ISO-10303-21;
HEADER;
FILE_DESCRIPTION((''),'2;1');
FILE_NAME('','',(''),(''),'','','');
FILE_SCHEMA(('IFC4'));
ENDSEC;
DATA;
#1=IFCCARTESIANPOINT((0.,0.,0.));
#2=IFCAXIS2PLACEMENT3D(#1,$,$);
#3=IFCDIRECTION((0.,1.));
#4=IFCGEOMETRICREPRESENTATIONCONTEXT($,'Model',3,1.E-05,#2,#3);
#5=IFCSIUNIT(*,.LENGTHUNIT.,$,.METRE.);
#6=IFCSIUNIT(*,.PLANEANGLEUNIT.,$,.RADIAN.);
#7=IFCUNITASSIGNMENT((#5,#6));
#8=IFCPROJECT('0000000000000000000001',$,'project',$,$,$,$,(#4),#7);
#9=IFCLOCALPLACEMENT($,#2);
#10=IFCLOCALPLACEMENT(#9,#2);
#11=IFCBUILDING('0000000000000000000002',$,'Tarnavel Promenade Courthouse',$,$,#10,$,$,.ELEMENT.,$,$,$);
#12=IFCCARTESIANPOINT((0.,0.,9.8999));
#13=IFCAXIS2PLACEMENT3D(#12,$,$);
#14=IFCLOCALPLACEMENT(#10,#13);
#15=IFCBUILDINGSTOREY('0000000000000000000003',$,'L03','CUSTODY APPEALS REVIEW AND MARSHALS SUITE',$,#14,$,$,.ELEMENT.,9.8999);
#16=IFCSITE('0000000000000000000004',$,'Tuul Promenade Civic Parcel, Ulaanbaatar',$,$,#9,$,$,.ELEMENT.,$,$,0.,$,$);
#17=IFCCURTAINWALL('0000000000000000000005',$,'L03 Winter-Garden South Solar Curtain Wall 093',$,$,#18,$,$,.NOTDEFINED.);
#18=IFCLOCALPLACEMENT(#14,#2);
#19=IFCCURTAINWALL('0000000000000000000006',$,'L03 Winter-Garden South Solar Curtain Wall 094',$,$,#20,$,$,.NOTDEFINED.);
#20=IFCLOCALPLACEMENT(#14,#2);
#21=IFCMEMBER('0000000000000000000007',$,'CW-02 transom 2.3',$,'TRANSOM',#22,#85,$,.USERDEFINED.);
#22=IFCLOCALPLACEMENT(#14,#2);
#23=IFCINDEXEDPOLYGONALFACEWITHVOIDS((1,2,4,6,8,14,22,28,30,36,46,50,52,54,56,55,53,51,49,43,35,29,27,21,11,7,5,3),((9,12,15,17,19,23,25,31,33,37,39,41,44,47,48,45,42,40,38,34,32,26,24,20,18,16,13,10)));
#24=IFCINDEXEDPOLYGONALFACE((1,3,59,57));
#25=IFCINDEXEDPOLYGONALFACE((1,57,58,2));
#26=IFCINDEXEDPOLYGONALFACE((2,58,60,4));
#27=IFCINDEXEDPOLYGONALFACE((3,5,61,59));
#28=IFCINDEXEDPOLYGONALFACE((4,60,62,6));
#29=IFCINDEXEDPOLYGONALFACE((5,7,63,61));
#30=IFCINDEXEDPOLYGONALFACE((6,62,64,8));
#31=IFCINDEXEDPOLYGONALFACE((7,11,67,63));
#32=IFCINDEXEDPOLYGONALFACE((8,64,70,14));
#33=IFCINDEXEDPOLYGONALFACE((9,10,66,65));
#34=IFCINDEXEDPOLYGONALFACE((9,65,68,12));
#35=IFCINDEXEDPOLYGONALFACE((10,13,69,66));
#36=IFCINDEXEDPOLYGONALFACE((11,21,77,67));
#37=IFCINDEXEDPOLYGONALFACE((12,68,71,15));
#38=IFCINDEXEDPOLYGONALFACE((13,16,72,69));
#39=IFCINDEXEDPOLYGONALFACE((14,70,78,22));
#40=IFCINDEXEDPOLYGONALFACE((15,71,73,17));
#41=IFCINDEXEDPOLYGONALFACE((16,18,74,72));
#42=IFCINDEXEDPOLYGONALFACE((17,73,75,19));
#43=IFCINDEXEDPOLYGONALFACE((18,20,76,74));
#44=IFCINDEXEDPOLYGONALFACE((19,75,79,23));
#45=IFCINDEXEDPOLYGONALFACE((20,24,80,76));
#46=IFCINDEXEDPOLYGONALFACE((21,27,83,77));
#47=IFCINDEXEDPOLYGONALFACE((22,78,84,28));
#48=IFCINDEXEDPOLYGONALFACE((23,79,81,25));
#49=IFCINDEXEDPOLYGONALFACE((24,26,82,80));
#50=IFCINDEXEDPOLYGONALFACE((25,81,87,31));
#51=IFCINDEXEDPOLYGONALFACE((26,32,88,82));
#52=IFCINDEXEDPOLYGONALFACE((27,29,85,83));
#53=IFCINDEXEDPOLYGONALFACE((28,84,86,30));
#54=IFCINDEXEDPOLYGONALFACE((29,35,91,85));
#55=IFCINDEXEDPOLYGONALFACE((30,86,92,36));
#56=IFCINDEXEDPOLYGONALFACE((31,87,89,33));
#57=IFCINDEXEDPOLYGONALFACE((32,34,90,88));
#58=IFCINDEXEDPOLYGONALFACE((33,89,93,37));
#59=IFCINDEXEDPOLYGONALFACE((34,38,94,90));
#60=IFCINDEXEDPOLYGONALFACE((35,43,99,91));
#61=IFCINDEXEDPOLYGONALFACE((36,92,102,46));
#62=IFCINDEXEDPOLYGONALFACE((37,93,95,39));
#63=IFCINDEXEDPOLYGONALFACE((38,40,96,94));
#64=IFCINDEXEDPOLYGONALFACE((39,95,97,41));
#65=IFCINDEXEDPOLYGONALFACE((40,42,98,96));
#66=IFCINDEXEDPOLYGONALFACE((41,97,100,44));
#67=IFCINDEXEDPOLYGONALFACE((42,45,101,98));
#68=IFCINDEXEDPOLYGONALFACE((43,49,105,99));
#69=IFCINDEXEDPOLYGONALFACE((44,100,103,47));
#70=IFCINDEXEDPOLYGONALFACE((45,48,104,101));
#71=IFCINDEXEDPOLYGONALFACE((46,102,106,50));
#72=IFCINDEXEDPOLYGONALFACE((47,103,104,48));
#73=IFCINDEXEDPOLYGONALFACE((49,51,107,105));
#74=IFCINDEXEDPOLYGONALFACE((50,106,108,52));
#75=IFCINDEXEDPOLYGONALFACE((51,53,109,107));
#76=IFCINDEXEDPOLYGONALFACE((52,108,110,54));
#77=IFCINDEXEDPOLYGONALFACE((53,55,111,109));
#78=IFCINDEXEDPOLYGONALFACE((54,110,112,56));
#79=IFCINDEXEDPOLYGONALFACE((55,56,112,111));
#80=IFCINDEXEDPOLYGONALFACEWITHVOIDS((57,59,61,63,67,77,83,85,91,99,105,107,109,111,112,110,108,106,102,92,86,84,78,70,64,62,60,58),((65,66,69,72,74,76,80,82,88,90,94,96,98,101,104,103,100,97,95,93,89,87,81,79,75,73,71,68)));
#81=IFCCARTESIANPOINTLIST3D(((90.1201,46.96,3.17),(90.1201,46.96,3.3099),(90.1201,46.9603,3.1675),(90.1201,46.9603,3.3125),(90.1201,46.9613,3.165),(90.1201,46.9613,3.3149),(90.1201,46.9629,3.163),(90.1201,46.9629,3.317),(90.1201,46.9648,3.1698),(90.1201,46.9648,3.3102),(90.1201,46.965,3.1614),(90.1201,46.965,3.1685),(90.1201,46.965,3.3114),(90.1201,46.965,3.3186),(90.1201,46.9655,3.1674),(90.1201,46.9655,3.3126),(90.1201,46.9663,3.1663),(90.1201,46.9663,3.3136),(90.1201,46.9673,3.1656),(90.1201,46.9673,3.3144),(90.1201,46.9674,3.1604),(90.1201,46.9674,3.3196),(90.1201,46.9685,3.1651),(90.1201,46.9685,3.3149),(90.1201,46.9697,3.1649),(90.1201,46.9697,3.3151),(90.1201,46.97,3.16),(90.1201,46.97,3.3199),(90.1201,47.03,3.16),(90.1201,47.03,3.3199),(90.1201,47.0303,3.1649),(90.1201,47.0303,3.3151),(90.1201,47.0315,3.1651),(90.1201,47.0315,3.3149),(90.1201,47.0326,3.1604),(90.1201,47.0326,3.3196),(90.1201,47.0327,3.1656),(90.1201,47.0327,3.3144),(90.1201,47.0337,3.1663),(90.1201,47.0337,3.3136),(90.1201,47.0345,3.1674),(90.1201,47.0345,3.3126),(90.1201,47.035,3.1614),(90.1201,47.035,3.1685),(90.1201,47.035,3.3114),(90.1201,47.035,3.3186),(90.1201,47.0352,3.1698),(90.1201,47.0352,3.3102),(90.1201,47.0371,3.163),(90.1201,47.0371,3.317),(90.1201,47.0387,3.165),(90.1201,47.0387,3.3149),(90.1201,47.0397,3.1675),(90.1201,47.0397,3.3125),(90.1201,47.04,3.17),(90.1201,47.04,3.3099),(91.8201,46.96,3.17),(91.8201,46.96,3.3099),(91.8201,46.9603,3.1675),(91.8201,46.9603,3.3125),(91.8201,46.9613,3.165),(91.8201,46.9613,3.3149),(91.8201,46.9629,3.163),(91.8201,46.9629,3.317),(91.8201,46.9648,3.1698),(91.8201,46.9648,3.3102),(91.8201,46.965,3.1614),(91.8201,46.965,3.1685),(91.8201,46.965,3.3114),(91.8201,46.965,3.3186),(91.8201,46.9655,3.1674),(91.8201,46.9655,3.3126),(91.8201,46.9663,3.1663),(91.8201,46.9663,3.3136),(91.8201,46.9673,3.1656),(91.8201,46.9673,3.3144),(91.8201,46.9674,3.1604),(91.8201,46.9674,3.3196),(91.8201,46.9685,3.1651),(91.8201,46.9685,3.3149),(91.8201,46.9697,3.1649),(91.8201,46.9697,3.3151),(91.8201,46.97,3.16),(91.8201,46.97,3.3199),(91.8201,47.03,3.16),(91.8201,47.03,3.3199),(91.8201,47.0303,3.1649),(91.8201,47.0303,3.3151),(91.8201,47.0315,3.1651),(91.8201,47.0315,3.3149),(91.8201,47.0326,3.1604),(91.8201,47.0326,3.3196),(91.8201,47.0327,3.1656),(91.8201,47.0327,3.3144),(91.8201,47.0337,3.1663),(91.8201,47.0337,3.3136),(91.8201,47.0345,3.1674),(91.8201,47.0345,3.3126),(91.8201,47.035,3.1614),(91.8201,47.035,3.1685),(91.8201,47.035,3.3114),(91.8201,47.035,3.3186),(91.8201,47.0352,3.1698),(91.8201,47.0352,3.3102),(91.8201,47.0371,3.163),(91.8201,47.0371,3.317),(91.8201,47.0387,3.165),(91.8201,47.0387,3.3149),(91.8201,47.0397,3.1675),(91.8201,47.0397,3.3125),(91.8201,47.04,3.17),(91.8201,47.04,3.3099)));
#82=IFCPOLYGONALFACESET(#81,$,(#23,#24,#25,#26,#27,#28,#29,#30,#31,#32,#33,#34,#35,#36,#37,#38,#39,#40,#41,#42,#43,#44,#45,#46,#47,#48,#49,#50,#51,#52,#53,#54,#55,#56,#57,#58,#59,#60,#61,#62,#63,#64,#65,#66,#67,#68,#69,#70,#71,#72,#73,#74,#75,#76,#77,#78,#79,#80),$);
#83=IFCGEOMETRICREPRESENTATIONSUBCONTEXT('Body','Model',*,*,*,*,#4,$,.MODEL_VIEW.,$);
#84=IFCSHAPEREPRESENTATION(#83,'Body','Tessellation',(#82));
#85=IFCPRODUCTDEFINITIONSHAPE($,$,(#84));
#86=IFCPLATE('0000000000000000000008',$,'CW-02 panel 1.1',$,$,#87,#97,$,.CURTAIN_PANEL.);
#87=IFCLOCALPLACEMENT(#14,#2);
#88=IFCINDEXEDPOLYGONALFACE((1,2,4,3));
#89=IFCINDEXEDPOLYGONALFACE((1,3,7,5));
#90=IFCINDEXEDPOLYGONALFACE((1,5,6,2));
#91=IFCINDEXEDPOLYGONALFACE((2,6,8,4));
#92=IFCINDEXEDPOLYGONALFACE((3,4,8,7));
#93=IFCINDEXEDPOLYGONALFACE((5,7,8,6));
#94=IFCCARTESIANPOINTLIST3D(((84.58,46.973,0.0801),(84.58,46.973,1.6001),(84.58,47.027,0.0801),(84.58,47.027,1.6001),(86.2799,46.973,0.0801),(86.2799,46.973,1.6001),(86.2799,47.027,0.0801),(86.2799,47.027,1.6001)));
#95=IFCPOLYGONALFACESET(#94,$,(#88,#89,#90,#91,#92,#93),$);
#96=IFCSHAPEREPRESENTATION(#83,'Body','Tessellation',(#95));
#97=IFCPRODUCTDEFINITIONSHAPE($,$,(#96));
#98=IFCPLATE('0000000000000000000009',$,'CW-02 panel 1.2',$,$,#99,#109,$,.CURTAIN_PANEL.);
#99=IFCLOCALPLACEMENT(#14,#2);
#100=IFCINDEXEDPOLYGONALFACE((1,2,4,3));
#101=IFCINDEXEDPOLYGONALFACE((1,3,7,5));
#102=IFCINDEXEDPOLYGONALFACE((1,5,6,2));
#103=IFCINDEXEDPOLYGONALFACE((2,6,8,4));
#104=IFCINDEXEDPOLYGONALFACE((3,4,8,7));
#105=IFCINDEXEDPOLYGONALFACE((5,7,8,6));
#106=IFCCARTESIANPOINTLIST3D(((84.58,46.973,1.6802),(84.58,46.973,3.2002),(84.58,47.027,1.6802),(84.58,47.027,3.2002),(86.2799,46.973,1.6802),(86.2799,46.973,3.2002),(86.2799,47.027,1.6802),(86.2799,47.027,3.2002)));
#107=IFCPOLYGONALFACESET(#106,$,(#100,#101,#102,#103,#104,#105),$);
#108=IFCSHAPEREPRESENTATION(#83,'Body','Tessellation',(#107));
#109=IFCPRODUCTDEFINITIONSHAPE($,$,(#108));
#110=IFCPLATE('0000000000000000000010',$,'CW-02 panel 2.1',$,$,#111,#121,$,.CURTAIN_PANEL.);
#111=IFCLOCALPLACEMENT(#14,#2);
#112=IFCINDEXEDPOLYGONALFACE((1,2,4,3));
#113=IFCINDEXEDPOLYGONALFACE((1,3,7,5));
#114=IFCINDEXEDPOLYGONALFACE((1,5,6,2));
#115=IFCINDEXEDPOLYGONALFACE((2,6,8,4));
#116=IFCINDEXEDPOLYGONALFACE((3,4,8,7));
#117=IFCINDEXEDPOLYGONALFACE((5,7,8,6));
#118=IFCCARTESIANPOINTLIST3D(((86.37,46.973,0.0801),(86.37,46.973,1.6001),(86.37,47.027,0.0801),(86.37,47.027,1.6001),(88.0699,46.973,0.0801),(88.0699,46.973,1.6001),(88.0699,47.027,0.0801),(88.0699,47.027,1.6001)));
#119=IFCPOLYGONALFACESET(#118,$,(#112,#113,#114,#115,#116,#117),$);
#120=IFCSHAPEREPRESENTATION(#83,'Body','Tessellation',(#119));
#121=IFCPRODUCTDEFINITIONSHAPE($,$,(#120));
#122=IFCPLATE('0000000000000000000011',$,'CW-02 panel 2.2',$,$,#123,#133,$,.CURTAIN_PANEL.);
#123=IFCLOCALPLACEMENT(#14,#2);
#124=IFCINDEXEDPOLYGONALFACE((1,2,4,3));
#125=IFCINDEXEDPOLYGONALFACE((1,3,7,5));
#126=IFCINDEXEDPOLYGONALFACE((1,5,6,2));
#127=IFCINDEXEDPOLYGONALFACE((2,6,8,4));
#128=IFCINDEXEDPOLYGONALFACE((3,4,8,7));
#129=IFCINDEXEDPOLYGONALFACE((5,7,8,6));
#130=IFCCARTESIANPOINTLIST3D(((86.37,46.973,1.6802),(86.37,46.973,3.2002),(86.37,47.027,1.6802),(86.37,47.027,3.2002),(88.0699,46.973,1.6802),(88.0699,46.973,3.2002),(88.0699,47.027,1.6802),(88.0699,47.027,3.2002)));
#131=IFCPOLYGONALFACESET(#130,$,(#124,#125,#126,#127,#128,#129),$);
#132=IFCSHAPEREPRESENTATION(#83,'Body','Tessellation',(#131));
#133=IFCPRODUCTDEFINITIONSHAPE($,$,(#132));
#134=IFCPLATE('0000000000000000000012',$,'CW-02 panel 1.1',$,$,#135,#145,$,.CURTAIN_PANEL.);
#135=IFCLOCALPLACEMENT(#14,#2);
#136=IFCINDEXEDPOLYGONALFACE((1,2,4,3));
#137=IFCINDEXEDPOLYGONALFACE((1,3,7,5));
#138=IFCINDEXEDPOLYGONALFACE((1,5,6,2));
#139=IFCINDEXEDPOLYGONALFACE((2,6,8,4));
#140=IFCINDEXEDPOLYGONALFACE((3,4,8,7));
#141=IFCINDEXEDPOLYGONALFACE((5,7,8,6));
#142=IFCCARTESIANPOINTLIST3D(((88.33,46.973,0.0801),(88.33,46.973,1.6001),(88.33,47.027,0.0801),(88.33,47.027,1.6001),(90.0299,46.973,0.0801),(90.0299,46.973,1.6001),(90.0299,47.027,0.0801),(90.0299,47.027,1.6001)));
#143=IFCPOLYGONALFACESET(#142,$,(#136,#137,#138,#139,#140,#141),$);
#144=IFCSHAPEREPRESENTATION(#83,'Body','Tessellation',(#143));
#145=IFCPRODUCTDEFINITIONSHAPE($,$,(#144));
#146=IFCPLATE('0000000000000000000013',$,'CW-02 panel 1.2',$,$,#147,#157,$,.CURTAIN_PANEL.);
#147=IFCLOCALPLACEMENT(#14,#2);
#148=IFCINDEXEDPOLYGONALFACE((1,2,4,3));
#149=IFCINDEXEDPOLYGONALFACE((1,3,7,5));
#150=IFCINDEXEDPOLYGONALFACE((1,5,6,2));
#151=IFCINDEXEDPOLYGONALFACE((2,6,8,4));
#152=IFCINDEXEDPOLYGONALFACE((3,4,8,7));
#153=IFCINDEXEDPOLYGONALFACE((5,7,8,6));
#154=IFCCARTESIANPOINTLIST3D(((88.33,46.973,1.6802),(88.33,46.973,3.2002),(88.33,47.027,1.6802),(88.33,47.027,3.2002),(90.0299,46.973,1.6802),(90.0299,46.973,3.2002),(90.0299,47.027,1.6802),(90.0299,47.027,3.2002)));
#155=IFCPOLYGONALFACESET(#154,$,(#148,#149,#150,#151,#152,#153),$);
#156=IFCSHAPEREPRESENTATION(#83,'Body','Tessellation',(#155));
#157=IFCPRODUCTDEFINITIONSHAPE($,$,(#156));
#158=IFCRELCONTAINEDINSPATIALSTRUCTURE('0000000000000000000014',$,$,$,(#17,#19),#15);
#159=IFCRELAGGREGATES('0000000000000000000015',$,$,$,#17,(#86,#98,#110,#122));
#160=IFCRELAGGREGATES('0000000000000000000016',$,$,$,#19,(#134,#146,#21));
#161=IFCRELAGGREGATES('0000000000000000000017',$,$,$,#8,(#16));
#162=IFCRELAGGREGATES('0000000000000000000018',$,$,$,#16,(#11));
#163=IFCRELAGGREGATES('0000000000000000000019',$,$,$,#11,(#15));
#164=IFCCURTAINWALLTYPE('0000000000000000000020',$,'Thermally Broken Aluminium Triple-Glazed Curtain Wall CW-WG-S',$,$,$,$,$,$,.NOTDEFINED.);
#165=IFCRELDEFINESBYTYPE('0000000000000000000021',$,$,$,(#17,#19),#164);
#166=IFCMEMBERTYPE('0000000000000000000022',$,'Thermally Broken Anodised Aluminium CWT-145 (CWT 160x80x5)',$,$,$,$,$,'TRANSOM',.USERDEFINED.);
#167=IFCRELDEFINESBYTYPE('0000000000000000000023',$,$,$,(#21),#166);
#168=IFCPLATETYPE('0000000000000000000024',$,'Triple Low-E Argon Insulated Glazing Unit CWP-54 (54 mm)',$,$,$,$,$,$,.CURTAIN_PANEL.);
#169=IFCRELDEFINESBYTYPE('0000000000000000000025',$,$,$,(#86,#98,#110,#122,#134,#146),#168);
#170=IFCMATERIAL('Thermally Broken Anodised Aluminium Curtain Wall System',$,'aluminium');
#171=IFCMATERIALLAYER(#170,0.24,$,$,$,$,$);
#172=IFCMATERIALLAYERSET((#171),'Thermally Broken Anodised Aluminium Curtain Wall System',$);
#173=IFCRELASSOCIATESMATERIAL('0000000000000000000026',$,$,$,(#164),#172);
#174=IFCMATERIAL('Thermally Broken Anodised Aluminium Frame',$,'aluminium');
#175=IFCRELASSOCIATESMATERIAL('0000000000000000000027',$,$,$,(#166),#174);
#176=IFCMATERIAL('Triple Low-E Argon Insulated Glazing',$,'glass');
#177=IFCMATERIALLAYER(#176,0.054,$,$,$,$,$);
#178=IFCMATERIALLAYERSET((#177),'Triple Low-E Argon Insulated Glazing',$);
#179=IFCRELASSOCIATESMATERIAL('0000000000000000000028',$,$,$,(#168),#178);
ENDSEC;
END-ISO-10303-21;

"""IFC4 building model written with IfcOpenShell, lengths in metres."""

from ifc_helpers import new_model, si_unit, direction, frame, origin, origin_2d, place, context, subcontext, project, spatial, rectangle, hollow_rectangle, extrude, material, layer, layer_set, material_profile, profile_set, type_object, element, aggregate, save


model = new_model("IFC4")

# Units and contexts
model_context = context("Model", 3, precision=1e-05, world=origin(), true_north=direction((0.0, 1.0)))
body_context = subcontext(model_context, "Body", "Model", "MODEL_VIEW")
ifc_project = project(units=[si_unit("LENGTHUNIT", "METRE"), si_unit("PLANEANGLEUNIT", "RADIAN")], contexts=[model_context])

# Site, building, storey
site_placement = place(None, origin())
site = spatial("IfcSite", under=ifc_project, at=site_placement, Name="Tuul Promenade Civic Parcel, Ulaanbaatar", CompositionType="ELEMENT", RefElevation=0.0)
building_placement = place(site_placement, origin())
building = spatial("IfcBuilding", under=site, at=building_placement, Name="Tarnavel Promenade Courthouse", CompositionType="ELEMENT")
storey_placement = place(building_placement, frame((0.0, 0.0, 9.8999)))
storey = spatial("IfcBuildingStorey", under=building, at=storey_placement, Name="L03", Description="CUSTODY APPEALS REVIEW AND MARSHALS SUITE", CompositionType="ELEMENT", Elevation=9.8999)

# Curtain walls
ifc_material_1 = material(Name="Thermally Broken Anodised Aluminium Curtain Wall System", Category="aluminium")
ifc_layer_1 = layer(ifc_material_1, 0.24)
ifc_layer_set_1 = layer_set([ifc_layer_1], Name="Thermally Broken Anodised Aluminium Curtain Wall System")
curtain_wall_type = type_object("IfcCurtainWallType", Name="Thermally Broken Aluminium Triple-Glazed Curtain Wall CW-WG-S", PredefinedType="NOTDEFINED", material=ifc_layer_set_1)
curtain_wall_1_placement = place(storey_placement, origin())
curtain_wall_1 = element("IfcCurtainWall", 1, at=curtain_wall_1_placement, inside=storey, type_object=curtain_wall_type, Name="L03 Winter-Garden South Solar Curtain Wall 093", PredefinedType="NOTDEFINED")
ifc_material_2 = material(Name="Thermally Broken Anodised Aluminium Frame", Category="aluminium")
curtain_wall_2_placement = place(storey_placement, origin())
curtain_wall_2 = element("IfcCurtainWall", 2, at=curtain_wall_2_placement, inside=storey, type_object=curtain_wall_type, Name="L03 Winter-Garden South Solar Curtain Wall 094", PredefinedType="NOTDEFINED")

# Member
ifc_material_profile_1 = material_profile(ifc_material_2, hollow_rectangle(XDim=0.0801, YDim=0.1599, WallThickness=0.0049, InnerFilletRadius=0.0049, OuterFilletRadius=0.01, at=origin_2d()), Name="CWT 160x80x5")
ifc_profile_set_1 = profile_set([ifc_material_profile_1], Name="Thermally Broken Anodised Aluminium Frame")
member_type_1 = type_object("IfcMemberType", Name="Thermally Broken Anodised Aluminium CWT-145 (CWT 160x80x5)", ElementType="TRANSOM", PredefinedType="USERDEFINED", material=ifc_profile_set_1)
member_1_placement = place(storey_placement, frame((90.1201, 47.0, 3.24), z_axis=(1.0, 0.0, 0.0), x_axis=(0.0, 1.0, 0.0)))
member_1 = element("IfcMember", 3, at=member_1_placement, type_object=member_type_1, Name="CW-02 transom 2.3", ObjectType="TRANSOM", PredefinedType="USERDEFINED", context=body_context, shape_type="SweptSolid", body=[
    extrude(hollow_rectangle(XDim=0.0801, YDim=0.1599, WallThickness=0.0049, InnerFilletRadius=0.0049, OuterFilletRadius=0.01, at=origin_2d()), origin(), (0.0, 0.0, 1.0), 1.7),
])

# Plates
ifc_material_3 = material(Name="Triple Low-E Argon Insulated Glazing", Category="glass")
ifc_layer_2 = layer(ifc_material_3, 0.054)
ifc_layer_set_2 = layer_set([ifc_layer_2], Name="Triple Low-E Argon Insulated Glazing")
plate_type = type_object("IfcPlateType", Name="Triple Low-E Argon Insulated Glazing Unit CWP-54 (54 mm)", PredefinedType="CURTAIN_PANEL", material=ifc_layer_set_2)
plate_1_placement = place(storey_placement, frame((85.4299, 47.0, 0.0801), z_axis=(0.0, 0.0, 1.0), x_axis=(1.0, 0.0, 0.0)))
plate_1 = element("IfcPlate", 4, at=plate_1_placement, type_object=plate_type, Name="CW-02 panel 1.1", PredefinedType="CURTAIN_PANEL", context=body_context, shape_type="SweptSolid", body=[
    extrude(rectangle(XDim=1.7, YDim=0.054, at=origin_2d()), origin(), (0.0, 0.0, 1.0), 1.52),
])
plate_2_placement = place(storey_placement, frame((85.4299, 47.0, 1.6802), z_axis=(0.0, 0.0, 1.0), x_axis=(1.0, 0.0, 0.0)))
plate_2 = element("IfcPlate", 5, at=plate_2_placement, type_object=plate_type, Name="CW-02 panel 1.2", PredefinedType="CURTAIN_PANEL", context=body_context, shape_type="SweptSolid", body=[
    extrude(rectangle(XDim=1.7, YDim=0.054, at=origin_2d()), origin(), (0.0, 0.0, 1.0), 1.52),
])
plate_3_placement = place(storey_placement, frame((87.22, 47.0, 0.0801), z_axis=(0.0, 0.0, 1.0), x_axis=(1.0, 0.0, 0.0)))
plate_3 = element("IfcPlate", 6, at=plate_3_placement, type_object=plate_type, Name="CW-02 panel 2.1", PredefinedType="CURTAIN_PANEL", context=body_context, shape_type="SweptSolid", body=[
    extrude(rectangle(XDim=1.7, YDim=0.054, at=origin_2d()), origin(), (0.0, 0.0, 1.0), 1.52),
])
plate_4_placement = place(storey_placement, frame((87.22, 47.0, 1.6802), z_axis=(0.0, 0.0, 1.0), x_axis=(1.0, 0.0, 0.0)))
plate_4 = element("IfcPlate", 7, at=plate_4_placement, type_object=plate_type, Name="CW-02 panel 2.2", PredefinedType="CURTAIN_PANEL", context=body_context, shape_type="SweptSolid", body=[
    extrude(rectangle(XDim=1.7, YDim=0.054, at=origin_2d()), origin(), (0.0, 0.0, 1.0), 1.52),
])
aggregate(curtain_wall_1, [plate_1, plate_2, plate_3, plate_4])
plate_5_placement = place(storey_placement, frame((89.1799, 47.0, 0.0801), z_axis=(0.0, 0.0, 1.0), x_axis=(1.0, 0.0, 0.0)))
plate_5 = element("IfcPlate", 8, at=plate_5_placement, type_object=plate_type, Name="CW-02 panel 1.1", PredefinedType="CURTAIN_PANEL", context=body_context, shape_type="SweptSolid", body=[
    extrude(rectangle(XDim=1.7, YDim=0.054, at=origin_2d()), origin(), (0.0, 0.0, 1.0), 1.52),
])
plate_6_placement = place(storey_placement, frame((89.1799, 47.0, 1.6802), z_axis=(0.0, 0.0, 1.0), x_axis=(1.0, 0.0, 0.0)))
plate_6 = element("IfcPlate", 9, at=plate_6_placement, type_object=plate_type, Name="CW-02 panel 1.2", PredefinedType="CURTAIN_PANEL", context=body_context, shape_type="SweptSolid", body=[
    extrude(rectangle(XDim=1.7, YDim=0.054, at=origin_2d()), origin(), (0.0, 0.0, 1.0), 1.52),
])
aggregate(curtain_wall_2, [plate_5, plate_6, member_1])

save(model, "model.ifc")
